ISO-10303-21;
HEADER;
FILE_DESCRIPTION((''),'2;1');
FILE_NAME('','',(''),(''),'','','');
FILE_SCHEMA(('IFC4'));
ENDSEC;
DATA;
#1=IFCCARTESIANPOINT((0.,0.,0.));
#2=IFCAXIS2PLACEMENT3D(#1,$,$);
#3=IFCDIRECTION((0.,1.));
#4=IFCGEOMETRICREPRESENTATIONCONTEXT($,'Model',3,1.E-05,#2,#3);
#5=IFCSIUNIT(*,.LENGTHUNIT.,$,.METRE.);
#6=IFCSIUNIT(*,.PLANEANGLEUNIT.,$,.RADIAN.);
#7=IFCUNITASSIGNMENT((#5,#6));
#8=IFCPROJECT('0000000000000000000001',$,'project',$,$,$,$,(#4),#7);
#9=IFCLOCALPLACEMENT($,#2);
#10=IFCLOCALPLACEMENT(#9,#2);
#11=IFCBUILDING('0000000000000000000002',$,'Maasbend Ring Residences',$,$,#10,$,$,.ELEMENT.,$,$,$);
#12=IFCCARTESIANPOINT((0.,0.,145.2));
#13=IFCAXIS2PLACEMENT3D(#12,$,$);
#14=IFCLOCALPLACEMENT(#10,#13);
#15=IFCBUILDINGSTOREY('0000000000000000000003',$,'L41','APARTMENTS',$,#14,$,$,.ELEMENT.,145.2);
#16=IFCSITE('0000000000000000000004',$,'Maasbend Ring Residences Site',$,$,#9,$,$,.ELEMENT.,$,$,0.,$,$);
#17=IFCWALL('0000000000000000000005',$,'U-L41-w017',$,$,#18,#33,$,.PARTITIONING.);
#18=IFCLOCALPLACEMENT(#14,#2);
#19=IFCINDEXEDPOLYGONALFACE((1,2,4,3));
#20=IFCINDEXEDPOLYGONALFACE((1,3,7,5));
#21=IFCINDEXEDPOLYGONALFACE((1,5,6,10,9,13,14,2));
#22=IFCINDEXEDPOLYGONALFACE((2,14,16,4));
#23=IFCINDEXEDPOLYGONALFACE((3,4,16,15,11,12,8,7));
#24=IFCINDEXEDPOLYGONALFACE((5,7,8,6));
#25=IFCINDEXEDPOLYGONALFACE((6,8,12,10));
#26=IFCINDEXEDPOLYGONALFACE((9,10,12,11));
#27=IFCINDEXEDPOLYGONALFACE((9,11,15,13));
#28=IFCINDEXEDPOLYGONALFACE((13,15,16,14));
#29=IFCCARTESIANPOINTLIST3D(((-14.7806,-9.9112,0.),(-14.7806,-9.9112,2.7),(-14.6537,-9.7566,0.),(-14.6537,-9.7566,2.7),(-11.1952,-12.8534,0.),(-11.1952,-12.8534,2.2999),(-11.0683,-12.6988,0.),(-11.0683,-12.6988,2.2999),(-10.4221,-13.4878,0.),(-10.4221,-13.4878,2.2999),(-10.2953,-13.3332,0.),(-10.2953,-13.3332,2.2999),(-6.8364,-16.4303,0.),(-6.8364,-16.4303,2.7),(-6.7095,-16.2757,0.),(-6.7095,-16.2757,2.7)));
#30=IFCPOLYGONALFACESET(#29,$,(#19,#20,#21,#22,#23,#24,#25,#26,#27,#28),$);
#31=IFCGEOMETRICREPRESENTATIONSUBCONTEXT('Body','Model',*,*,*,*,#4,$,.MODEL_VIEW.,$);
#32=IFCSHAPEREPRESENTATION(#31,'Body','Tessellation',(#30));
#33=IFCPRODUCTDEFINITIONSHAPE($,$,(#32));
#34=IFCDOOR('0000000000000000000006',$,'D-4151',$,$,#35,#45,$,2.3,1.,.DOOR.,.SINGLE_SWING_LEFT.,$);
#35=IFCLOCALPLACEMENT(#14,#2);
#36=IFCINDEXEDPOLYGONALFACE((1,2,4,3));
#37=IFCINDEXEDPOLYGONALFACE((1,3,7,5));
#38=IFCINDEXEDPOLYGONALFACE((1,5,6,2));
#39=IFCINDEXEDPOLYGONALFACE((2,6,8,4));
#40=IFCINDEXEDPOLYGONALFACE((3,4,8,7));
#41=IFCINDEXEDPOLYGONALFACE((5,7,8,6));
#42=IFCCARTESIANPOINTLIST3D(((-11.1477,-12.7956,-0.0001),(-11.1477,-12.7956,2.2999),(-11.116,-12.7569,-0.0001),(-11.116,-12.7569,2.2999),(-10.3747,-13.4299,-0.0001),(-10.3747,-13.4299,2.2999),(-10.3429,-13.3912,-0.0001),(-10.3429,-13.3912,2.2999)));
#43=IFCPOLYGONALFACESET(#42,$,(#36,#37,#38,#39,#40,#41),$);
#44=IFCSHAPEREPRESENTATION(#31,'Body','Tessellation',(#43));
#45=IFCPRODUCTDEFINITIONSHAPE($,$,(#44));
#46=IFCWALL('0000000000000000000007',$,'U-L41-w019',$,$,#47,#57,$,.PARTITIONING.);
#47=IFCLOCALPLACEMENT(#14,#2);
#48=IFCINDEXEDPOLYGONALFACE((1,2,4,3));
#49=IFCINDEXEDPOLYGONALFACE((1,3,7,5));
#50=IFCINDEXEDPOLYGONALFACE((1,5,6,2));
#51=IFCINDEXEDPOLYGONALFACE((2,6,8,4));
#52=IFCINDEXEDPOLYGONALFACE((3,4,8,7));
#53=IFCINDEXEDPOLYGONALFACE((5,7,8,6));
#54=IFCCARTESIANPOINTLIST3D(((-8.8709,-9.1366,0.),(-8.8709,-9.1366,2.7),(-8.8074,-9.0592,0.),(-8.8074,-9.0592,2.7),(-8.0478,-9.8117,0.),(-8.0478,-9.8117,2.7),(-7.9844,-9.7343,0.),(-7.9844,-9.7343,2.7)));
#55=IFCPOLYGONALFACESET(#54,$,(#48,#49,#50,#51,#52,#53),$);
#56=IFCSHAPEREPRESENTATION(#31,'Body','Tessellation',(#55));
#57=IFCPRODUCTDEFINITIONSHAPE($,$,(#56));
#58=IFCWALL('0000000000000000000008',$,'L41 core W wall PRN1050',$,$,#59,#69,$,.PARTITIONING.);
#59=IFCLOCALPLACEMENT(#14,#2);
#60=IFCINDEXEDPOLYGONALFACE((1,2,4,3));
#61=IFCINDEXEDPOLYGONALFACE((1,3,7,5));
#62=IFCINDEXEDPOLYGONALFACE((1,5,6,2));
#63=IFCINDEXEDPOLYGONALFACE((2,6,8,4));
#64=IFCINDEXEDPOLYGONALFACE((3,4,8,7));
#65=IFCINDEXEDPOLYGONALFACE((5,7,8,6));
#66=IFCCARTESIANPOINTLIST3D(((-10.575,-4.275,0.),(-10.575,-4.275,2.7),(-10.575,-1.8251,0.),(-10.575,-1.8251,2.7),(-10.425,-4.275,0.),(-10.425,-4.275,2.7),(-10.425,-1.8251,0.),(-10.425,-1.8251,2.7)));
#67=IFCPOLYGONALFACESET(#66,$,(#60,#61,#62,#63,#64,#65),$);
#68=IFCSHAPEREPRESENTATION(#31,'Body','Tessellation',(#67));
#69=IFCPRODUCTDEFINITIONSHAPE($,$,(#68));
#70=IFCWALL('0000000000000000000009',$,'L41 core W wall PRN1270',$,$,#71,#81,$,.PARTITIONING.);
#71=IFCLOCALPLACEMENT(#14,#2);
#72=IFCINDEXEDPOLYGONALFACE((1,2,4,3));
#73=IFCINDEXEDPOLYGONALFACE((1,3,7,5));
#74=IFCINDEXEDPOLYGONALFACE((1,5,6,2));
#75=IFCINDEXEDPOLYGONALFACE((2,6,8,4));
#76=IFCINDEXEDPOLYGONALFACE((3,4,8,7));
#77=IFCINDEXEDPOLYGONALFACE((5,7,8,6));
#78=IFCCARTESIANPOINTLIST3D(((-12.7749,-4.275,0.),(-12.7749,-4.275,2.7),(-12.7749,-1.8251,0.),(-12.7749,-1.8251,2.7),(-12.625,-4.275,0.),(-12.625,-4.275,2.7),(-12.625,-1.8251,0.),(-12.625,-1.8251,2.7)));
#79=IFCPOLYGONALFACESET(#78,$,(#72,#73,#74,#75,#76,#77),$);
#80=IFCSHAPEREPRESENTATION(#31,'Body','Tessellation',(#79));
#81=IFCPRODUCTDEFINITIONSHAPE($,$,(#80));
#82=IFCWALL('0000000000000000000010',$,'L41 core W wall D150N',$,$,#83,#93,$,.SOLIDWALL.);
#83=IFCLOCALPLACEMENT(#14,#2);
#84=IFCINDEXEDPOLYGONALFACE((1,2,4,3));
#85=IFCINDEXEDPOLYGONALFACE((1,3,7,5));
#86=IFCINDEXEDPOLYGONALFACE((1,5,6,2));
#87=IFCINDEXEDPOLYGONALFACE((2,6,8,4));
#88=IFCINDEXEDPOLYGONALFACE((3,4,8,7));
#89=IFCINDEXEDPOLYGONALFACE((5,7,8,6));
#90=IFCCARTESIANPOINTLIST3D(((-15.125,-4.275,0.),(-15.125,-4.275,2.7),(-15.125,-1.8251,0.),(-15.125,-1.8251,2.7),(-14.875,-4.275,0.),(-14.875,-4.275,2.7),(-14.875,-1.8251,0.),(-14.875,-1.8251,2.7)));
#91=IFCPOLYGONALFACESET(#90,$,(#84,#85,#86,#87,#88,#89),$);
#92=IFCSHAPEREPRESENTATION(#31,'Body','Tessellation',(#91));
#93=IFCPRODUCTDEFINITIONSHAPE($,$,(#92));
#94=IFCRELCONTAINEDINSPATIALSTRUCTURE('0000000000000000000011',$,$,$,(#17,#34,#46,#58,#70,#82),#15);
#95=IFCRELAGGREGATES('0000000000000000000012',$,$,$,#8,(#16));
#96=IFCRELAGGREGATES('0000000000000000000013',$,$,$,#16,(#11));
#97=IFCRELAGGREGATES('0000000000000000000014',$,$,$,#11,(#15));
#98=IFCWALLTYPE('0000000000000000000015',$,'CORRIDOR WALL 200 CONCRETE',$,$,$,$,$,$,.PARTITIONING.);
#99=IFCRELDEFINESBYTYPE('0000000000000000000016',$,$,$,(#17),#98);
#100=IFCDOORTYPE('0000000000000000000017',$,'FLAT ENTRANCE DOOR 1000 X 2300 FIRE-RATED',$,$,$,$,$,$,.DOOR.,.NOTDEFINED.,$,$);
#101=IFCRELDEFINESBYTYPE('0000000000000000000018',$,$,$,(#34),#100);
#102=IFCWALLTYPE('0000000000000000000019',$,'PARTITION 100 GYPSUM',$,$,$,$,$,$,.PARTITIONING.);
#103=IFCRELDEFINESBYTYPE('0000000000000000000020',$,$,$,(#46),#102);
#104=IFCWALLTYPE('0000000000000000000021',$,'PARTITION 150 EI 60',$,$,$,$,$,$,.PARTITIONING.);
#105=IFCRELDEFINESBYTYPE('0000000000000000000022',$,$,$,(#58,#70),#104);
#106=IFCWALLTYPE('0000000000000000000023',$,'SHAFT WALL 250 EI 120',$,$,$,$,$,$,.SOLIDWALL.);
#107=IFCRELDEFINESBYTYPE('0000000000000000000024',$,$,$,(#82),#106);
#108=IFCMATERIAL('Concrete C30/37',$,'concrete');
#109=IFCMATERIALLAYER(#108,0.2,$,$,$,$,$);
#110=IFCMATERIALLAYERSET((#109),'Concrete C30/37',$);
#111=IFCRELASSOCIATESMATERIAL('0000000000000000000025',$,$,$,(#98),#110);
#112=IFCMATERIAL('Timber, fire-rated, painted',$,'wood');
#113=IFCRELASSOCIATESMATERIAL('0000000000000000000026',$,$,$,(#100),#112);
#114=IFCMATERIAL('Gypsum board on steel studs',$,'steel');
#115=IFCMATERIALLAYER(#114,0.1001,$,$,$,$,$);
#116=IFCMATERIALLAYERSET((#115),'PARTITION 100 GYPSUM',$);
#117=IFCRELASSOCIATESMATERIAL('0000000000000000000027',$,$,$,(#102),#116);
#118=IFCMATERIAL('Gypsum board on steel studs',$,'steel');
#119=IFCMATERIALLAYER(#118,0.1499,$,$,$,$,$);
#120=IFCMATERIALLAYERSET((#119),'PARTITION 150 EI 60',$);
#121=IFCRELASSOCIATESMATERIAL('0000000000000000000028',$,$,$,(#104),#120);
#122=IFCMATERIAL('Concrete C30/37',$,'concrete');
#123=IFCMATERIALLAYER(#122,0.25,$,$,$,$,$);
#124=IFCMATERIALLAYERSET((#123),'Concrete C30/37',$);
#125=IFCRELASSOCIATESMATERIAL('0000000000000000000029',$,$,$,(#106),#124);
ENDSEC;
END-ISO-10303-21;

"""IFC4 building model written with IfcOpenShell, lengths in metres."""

from ifc_helpers import new_model, si_unit, direction, frame, frame_2d, origin, place, context, subcontext, project, spatial, rectangle, extrude, material, layer, layer_set, type_object, element, fill, save


model = new_model("IFC4")

# Units and contexts
model_context = context("Model", 3, precision=1e-05, world=origin(), true_north=direction((0.0, 1.0)))
body_context = subcontext(model_context, "Body", "Model", "MODEL_VIEW")
ifc_project = project(units=[si_unit("LENGTHUNIT", "METRE"), si_unit("PLANEANGLEUNIT", "RADIAN")], contexts=[model_context])

# Site, building, storey
site_placement = place(None, origin())
site = spatial("IfcSite", under=ifc_project, at=site_placement, Name="Maasbend Ring Residences Site", CompositionType="ELEMENT", RefElevation=0.0)
building_placement = place(site_placement, origin())
building = spatial("IfcBuilding", under=site, at=building_placement, Name="Maasbend Ring Residences", CompositionType="ELEMENT")
storey_placement = place(building_placement, frame((0.0, 0.0, 145.2)))
storey = spatial("IfcBuildingStorey", under=building, at=storey_placement, Name="L41", Description="APARTMENTS", CompositionType="ELEMENT", Elevation=145.2)

# Wall, opening, door
ifc_material_1 = material(Name="Concrete C30/37", Category="concrete")
ifc_layer_1 = layer(ifc_material_1, 0.2)
ifc_layer_set_1 = layer_set([ifc_layer_1], Name="Concrete C30/37")
wall_type_1 = type_object("IfcWallType", Name="CORRIDOR WALL 200 CONCRETE", PredefinedType="PARTITIONING", material=ifc_layer_set_1)
wall_1_placement = place(storey_placement, frame((-14.717, -9.834, 0.0), z_axis=(0.0, 0.0, 1.0), x_axis=(0.773035, -0.634364, 0.0)))
wall_1 = element("IfcWall", 1, at=wall_1_placement, inside=storey, type_object=wall_type_1, Name="U-L41-w017", PredefinedType="PARTITIONING", context=body_context, shape_type="SweptSolid", body=[
    extrude(rectangle(XDim=10.2766, YDim=0.2, at=frame_2d((5.1382, 0.0))), origin(), (0.0, 0.0, 1.0), 2.7),
])
opening_1_placement = place(wall_1_placement, frame((4.6379, 0.0, 0.0)))
opening_1 = element("IfcOpeningElement", 2, at=opening_1_placement, cuts=wall_1, PredefinedType="OPENING", context=body_context, shape_type="SweptSolid", body=[
    extrude(rectangle(XDim=1.0, YDim=2.3, at=frame_2d((0.5, 1.1499))), frame((0.0, 0.1099, 0.0), z_axis=(0.0, -1.0, 0.0), x_axis=(1.0, 0.0, 0.0)), (0.0, 0.0, 1.0), 0.22),
])
ifc_material_2 = material(Name="Timber, fire-rated, painted", Category="wood")
door_type_1 = type_object("IfcDoorType", Name="FLAT ENTRANCE DOOR 1000 X 2300 FIRE-RATED", OperationType="NOTDEFINED", PredefinedType="DOOR", material=ifc_material_2)
door_1_placement = place(opening_1_placement, origin())
door_1 = element("IfcDoor", 3, at=door_1_placement, inside=storey, type_object=door_type_1, Name="D-4151", OperationType="SINGLE_SWING_LEFT", OverallHeight=2.3, OverallWidth=1.0, PredefinedType="DOOR", context=body_context, shape_type="SweptSolid", body=[
    extrude(rectangle(XDim=1.0, YDim=2.3, at=frame_2d((0.5, 1.1499))), frame((0.0, 0.0249, 0.0), z_axis=(0.0, -1.0, 0.0), x_axis=(1.0, 0.0, 0.0)), (0.0, 0.0, 1.0), 0.05),
])
fill(opening_1, door_1)

# Walls
ifc_material_3 = material(Name="Gypsum board on steel studs", Category="steel")
ifc_layer_2 = layer(ifc_material_3, 0.1001)
ifc_layer_set_2 = layer_set([ifc_layer_2], Name="PARTITION 100 GYPSUM")
wall_type_2 = type_object("IfcWallType", Name="PARTITION 100 GYPSUM", PredefinedType="PARTITIONING", material=ifc_layer_set_2)
wall_2_placement = place(storey_placement, frame((-8.8391, -9.0979, 0.0), z_axis=(0.0, 0.0, 1.0), x_axis=(0.77318, -0.634187, 0.0)))
element("IfcWall", 4, at=wall_2_placement, inside=storey, type_object=wall_type_2, Name="U-L41-w019", PredefinedType="PARTITIONING", context=body_context, shape_type="SweptSolid", body=[
    extrude(rectangle(XDim=1.0645, YDim=0.1001, at=frame_2d((0.5322, 0.0))), origin(), (0.0, 0.0, 1.0), 2.7),
])
ifc_material_4 = material(Name="Gypsum board on steel studs", Category="steel")
ifc_layer_3 = layer(ifc_material_4, 0.1499)
ifc_layer_set_3 = layer_set([ifc_layer_3], Name="PARTITION 150 EI 60")
wall_type_3 = type_object("IfcWallType", Name="PARTITION 150 EI 60", PredefinedType="PARTITIONING", material=ifc_layer_set_3)
for number, where, z_axis, x_axis, name in (
    (5, (-10.5, -1.825, 0.0), (0.0, 0.0, 1.0), (0.0, -1.0, 0.0), "L41 core W wall PRN1050"),
    (6, (-12.7, -1.825, 0.0), (0.0, 0.0, 1.0), (0.0, -1.0, 0.0), "L41 core W wall PRN1270"),
):
    element("IfcWall", number, at=place(storey_placement, frame(where, z_axis=z_axis, x_axis=x_axis)), inside=storey, type_object=wall_type_3, Name=name, PredefinedType="PARTITIONING", context=body_context, shape_type="SweptSolid", body=[
        extrude(rectangle(XDim=2.45, YDim=0.1499, at=frame_2d((1.2251, 0.0))), origin(), (0.0, 0.0, 1.0), 2.7),
    ])
ifc_material_5 = material(Name="Concrete C30/37", Category="concrete")
ifc_layer_4 = layer(ifc_material_5, 0.25)
ifc_layer_set_4 = layer_set([ifc_layer_4], Name="Concrete C30/37")
wall_type_4 = type_object("IfcWallType", Name="SHAFT WALL 250 EI 120", PredefinedType="SOLIDWALL", material=ifc_layer_set_4)
wall_3_placement = place(storey_placement, frame((-15.0, -1.825, 0.0), z_axis=(0.0, 0.0, 1.0), x_axis=(0.0, -1.0, 0.0)))
element("IfcWall", 7, at=wall_3_placement, inside=storey, type_object=wall_type_4, Name="L41 core W wall D150N", PredefinedType="SOLIDWALL", context=body_context, shape_type="SweptSolid", body=[
    extrude(rectangle(XDim=2.45, YDim=0.25, at=frame_2d((1.2251, 0.0))), origin(), (0.0, 0.0, 1.0), 2.7),
])

save(model, "model.ifc")
